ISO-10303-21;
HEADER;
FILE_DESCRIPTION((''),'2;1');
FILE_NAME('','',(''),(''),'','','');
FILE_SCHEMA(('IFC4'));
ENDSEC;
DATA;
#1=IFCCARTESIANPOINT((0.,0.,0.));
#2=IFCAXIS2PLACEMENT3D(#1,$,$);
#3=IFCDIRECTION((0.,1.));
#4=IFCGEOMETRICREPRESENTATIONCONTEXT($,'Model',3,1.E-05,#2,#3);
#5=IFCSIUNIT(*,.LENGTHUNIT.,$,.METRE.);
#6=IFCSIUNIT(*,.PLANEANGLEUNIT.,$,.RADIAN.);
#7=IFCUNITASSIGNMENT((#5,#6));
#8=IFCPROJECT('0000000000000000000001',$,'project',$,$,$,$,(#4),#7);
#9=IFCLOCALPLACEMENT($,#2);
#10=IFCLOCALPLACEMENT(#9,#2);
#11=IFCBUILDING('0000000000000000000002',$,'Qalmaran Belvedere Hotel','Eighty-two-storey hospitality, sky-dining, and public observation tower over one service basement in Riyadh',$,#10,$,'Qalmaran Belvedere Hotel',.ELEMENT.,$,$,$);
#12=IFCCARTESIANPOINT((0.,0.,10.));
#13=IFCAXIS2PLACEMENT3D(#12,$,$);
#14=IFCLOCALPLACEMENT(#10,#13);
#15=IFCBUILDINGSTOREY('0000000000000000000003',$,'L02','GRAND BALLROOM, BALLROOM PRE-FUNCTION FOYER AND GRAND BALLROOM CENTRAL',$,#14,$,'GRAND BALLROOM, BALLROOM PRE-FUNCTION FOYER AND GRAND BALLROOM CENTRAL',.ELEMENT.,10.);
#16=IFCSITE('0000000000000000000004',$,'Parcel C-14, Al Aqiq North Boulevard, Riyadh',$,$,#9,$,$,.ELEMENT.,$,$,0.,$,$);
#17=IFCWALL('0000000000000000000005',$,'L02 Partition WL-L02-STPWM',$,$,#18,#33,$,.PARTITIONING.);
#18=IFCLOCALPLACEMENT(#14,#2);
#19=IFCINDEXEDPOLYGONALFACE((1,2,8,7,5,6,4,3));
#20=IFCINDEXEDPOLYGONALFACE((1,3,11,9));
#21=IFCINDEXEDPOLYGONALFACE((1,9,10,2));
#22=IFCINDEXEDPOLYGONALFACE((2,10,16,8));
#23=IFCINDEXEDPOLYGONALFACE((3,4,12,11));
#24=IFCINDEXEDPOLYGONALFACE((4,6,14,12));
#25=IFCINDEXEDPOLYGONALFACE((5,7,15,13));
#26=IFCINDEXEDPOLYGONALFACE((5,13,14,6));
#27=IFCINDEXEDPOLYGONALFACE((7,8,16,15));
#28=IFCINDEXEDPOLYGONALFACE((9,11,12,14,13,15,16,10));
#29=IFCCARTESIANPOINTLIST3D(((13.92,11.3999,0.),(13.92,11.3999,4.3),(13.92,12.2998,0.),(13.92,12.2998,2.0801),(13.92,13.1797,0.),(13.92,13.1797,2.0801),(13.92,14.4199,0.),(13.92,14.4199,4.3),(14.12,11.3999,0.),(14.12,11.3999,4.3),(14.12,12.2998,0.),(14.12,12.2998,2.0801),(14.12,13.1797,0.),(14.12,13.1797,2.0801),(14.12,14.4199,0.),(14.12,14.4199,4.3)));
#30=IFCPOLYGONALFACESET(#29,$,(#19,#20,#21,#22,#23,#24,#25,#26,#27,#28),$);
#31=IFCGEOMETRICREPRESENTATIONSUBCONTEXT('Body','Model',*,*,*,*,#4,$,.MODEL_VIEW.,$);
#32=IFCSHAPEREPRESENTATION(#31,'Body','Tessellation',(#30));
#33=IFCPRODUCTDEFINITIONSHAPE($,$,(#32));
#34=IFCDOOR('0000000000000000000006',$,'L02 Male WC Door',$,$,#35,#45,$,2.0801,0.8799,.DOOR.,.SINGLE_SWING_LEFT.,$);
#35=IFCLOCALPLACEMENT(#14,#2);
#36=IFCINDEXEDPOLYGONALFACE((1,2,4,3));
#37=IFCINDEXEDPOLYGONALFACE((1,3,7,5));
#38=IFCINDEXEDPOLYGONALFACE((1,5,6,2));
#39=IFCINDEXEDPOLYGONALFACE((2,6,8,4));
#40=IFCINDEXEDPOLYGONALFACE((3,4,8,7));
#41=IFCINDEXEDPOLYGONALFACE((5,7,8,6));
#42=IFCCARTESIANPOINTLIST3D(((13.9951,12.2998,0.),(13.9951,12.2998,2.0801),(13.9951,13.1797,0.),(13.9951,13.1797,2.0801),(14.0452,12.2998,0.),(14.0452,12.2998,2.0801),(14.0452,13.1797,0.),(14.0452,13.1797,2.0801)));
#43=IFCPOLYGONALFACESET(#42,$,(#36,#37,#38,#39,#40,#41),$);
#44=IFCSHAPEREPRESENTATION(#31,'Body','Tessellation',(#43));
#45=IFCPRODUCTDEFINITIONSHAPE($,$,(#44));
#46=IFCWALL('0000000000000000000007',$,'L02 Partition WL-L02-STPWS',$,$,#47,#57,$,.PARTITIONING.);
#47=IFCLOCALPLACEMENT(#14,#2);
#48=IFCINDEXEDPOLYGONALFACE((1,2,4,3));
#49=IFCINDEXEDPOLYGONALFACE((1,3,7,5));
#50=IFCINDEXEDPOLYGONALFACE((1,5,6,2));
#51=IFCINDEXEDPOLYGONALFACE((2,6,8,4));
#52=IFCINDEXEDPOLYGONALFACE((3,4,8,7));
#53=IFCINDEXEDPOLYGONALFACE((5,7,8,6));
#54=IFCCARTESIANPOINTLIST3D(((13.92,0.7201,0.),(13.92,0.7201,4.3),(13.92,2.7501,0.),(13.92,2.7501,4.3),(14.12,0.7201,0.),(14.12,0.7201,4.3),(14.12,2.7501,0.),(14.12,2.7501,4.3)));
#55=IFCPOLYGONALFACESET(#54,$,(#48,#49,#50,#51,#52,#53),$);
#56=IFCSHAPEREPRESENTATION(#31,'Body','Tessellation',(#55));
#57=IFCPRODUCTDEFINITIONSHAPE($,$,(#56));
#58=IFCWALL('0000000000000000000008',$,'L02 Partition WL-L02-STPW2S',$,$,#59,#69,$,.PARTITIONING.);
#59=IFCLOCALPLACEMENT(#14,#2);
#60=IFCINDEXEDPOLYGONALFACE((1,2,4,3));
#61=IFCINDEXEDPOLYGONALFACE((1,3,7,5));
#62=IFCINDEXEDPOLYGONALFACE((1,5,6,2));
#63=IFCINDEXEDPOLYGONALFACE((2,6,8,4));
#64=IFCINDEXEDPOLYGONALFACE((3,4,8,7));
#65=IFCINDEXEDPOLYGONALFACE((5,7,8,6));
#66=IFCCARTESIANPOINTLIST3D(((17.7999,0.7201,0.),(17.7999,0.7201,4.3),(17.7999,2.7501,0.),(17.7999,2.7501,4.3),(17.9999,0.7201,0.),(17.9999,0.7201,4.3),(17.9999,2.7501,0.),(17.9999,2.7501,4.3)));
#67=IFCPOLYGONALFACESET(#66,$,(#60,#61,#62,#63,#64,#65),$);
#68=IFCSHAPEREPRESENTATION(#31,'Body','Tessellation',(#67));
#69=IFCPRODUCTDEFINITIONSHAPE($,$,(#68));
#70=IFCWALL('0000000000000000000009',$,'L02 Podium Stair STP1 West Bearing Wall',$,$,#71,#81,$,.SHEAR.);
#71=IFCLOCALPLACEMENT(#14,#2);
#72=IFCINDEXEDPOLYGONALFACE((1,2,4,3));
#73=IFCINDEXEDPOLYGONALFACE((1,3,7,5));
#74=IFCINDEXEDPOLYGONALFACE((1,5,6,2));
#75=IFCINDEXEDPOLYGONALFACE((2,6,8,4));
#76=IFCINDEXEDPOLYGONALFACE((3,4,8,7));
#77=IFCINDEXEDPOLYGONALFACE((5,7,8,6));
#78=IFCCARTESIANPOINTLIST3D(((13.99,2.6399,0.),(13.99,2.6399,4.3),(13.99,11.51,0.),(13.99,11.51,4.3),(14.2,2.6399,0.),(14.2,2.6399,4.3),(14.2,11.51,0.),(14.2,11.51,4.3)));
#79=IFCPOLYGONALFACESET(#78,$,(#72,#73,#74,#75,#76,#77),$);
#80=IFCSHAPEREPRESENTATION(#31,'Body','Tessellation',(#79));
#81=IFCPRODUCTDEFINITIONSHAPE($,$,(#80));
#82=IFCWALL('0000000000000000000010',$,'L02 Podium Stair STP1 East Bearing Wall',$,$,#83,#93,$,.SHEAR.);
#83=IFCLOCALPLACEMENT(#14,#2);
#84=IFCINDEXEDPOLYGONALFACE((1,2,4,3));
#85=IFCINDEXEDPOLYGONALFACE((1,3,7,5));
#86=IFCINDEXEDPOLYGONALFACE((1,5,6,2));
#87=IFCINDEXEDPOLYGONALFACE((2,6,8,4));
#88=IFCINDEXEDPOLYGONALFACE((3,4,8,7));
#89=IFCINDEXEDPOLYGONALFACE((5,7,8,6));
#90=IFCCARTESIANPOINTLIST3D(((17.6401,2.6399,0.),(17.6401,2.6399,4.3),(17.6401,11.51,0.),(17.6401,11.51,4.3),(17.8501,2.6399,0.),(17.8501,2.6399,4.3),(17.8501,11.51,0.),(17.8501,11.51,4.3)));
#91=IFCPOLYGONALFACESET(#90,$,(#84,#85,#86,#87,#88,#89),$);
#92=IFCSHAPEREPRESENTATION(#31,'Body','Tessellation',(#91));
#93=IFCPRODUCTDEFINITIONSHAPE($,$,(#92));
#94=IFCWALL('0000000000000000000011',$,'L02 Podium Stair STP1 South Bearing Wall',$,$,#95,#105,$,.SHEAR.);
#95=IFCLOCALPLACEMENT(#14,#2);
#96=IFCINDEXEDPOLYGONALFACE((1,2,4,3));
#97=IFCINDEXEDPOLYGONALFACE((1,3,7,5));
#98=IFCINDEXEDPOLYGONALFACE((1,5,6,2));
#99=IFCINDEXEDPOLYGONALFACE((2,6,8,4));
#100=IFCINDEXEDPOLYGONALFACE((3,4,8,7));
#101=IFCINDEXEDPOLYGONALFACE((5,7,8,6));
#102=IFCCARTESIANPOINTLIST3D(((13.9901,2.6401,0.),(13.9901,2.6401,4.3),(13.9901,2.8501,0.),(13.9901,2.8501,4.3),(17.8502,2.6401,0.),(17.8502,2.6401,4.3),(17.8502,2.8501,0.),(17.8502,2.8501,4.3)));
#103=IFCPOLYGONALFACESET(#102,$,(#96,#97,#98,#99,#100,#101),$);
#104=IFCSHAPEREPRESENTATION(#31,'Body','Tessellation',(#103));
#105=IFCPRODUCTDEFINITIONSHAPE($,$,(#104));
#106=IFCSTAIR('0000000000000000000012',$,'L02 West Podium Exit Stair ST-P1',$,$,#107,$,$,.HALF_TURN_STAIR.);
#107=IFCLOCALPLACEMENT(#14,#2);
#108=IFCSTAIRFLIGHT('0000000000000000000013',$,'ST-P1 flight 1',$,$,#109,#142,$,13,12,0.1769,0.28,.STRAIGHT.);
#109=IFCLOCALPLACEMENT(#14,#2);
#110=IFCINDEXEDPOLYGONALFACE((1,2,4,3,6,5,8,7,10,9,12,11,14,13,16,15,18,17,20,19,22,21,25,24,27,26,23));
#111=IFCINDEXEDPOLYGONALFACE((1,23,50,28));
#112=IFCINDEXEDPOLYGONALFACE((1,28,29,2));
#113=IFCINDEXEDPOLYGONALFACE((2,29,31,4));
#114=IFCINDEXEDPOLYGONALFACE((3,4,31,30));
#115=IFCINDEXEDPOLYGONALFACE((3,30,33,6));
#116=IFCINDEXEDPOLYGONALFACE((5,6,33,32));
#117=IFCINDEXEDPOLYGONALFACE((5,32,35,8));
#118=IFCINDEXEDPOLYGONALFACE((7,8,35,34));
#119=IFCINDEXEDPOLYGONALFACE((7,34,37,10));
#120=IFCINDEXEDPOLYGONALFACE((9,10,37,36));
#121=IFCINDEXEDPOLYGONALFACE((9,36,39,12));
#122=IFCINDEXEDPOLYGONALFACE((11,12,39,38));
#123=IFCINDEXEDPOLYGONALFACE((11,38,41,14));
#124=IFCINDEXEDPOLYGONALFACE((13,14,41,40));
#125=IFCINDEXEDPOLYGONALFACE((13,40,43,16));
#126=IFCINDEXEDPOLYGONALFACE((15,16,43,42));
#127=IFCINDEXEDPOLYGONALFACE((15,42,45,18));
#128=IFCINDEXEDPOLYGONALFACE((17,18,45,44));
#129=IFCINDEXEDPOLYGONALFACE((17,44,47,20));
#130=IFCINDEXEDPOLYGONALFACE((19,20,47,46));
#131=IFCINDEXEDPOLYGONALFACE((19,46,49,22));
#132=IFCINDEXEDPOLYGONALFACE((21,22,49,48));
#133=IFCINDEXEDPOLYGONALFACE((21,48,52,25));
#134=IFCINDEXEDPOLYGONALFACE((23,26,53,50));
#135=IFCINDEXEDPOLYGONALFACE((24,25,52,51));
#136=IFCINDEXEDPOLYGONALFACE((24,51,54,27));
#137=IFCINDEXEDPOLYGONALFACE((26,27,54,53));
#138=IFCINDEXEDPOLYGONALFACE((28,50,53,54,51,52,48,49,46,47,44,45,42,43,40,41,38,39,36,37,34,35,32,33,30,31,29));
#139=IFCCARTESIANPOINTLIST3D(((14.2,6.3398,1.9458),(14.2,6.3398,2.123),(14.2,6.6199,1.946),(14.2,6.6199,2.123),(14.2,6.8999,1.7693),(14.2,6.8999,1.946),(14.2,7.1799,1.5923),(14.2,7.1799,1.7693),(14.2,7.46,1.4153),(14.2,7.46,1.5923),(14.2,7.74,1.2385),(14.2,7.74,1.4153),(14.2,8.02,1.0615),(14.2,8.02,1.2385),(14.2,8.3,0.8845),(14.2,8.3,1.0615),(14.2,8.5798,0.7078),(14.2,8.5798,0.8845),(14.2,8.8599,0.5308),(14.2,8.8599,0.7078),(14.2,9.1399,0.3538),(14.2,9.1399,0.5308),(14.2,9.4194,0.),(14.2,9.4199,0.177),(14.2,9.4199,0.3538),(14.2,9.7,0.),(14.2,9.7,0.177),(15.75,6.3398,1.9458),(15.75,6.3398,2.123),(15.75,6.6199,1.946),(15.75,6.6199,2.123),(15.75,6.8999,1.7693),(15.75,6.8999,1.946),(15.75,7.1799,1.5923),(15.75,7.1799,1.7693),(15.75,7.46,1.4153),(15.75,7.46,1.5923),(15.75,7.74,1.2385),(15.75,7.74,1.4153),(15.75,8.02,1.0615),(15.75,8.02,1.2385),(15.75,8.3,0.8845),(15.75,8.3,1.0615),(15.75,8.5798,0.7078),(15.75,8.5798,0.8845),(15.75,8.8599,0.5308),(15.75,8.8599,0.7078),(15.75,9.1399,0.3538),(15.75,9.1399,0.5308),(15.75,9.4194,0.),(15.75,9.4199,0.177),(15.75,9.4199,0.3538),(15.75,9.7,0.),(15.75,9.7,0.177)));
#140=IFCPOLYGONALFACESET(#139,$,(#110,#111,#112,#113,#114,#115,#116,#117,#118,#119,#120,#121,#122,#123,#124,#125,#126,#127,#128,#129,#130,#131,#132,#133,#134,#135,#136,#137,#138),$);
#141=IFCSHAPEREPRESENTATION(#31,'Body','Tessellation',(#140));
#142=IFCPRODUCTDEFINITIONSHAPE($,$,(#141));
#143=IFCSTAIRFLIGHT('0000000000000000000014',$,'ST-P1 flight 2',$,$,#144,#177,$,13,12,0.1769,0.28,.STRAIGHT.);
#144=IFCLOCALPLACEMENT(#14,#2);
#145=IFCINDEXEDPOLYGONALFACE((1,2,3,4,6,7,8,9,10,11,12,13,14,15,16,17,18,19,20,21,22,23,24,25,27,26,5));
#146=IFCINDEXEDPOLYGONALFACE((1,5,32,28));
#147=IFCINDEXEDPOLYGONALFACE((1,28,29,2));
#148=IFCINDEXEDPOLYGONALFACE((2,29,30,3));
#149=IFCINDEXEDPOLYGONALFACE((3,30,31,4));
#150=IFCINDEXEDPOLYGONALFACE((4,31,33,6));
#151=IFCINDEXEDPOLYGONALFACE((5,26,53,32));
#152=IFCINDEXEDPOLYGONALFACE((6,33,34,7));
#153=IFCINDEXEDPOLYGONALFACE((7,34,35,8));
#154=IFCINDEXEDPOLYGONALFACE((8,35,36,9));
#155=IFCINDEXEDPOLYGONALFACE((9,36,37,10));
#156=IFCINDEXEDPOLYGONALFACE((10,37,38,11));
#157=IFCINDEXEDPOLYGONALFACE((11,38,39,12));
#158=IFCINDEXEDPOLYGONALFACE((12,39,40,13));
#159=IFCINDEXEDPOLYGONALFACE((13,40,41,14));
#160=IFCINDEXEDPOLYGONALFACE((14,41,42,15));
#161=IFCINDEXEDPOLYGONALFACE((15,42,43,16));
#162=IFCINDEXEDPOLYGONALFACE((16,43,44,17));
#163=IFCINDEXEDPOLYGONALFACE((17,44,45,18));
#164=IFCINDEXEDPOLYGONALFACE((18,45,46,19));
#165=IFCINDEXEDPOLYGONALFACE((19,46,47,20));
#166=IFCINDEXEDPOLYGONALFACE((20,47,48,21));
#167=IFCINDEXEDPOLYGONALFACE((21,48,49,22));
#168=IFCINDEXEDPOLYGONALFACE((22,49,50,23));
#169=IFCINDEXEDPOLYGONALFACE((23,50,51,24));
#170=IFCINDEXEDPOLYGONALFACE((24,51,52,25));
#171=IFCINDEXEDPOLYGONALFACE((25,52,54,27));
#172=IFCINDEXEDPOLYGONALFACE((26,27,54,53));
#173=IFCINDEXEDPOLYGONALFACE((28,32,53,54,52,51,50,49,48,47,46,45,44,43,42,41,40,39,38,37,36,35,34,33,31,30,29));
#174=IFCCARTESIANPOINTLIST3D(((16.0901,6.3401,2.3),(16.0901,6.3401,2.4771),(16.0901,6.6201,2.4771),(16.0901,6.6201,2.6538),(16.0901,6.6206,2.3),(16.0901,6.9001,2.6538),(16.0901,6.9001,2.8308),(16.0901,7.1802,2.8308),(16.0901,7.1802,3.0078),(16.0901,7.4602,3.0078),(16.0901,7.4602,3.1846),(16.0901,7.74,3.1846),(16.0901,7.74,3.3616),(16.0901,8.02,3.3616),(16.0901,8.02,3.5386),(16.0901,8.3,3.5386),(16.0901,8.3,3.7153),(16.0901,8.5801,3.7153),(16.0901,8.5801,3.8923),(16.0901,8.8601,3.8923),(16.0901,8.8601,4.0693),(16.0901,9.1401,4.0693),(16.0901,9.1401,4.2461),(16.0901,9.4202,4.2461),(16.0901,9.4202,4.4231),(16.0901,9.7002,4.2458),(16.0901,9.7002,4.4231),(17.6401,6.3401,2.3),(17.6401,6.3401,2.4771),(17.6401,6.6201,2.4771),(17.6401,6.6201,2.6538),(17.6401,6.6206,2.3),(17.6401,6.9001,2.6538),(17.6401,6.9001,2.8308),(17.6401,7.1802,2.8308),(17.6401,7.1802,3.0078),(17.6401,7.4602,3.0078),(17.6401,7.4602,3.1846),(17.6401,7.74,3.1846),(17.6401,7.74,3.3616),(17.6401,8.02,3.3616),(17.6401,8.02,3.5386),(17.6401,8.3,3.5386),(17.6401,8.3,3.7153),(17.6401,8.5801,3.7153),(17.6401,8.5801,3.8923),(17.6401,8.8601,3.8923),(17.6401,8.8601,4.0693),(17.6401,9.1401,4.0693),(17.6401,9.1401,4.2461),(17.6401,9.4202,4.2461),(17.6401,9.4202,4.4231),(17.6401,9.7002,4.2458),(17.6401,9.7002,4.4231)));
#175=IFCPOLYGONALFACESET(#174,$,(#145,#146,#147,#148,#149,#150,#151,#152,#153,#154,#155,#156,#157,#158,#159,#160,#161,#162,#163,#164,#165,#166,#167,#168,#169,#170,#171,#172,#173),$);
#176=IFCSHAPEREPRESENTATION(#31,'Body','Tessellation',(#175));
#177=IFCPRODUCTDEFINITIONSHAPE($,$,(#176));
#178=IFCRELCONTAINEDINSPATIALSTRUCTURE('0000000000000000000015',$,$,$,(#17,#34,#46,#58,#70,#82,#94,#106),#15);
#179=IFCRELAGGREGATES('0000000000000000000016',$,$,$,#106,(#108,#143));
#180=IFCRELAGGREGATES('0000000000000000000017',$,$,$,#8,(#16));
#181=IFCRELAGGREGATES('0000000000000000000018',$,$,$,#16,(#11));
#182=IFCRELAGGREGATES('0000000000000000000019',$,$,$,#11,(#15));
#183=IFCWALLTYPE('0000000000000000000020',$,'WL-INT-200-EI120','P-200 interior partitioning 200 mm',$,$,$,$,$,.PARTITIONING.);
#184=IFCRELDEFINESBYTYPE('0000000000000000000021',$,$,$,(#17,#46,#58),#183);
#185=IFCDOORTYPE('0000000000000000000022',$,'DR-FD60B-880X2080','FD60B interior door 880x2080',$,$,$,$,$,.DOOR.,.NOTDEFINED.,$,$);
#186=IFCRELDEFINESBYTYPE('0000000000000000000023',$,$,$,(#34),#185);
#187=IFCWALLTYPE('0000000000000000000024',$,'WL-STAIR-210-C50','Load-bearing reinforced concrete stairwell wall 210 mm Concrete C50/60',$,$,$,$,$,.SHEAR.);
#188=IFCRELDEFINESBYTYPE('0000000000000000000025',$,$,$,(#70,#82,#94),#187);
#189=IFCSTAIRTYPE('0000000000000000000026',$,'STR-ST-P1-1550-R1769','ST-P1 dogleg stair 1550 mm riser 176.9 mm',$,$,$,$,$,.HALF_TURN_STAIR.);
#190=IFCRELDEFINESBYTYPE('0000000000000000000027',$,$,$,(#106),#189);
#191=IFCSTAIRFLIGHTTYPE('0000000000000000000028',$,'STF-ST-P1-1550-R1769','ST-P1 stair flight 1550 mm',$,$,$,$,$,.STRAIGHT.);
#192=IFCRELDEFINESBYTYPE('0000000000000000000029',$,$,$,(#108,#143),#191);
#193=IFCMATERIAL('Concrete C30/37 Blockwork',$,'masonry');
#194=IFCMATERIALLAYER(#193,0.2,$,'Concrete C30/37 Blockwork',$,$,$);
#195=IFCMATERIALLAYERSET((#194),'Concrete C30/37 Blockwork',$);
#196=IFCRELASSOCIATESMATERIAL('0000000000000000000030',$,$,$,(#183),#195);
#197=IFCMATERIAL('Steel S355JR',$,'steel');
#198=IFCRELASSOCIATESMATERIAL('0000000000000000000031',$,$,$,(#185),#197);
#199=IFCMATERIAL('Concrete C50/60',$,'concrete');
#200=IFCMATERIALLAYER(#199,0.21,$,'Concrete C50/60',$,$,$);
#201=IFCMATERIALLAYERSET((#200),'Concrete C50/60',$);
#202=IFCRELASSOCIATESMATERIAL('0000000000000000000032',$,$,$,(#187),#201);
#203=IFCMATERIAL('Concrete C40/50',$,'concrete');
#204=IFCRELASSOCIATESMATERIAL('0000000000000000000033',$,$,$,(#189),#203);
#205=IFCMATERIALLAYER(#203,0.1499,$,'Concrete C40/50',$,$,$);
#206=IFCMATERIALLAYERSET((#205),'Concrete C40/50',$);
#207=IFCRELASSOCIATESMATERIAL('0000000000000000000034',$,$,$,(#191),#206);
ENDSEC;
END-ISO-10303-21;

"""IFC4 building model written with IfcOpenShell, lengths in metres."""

from ifc_helpers import new_model, si_unit, direction, frame, frame_2d, origin, place, context, subcontext, project, spatial, polyline, rectangle, outline, extrude, material, layer, layer_set, type_object, element, fill, aggregate, save


model = new_model("IFC4")

# Units and contexts
model_context = context("Model", 3, precision=1e-05, world=origin(), true_north=direction((0.0, 1.0)))
body_context = subcontext(model_context, "Body", "Model", "MODEL_VIEW")
ifc_project = project(units=[si_unit("LENGTHUNIT", "METRE"), si_unit("PLANEANGLEUNIT", "RADIAN")], contexts=[model_context])

# Site, building, storey
site_placement = place(None, origin())
site = spatial("IfcSite", under=ifc_project, at=site_placement, Name="Parcel C-14, Al Aqiq North Boulevard, Riyadh", CompositionType="ELEMENT", RefElevation=0.0)
building_placement = place(site_placement, origin())
building = spatial("IfcBuilding", under=site, at=building_placement, Name="Qalmaran Belvedere Hotel", Description="Eighty-two-storey hospitality, sky-dining, and public observation tower over one service basement in Riyadh", LongName="Qalmaran Belvedere Hotel", CompositionType="ELEMENT")
storey_placement = place(building_placement, frame((0.0, 0.0, 10.0)))
storey = spatial("IfcBuildingStorey", under=building, at=storey_placement, Name="L02", Description="GRAND BALLROOM, BALLROOM PRE-FUNCTION FOYER AND GRAND BALLROOM CENTRAL", LongName="GRAND BALLROOM, BALLROOM PRE-FUNCTION FOYER AND GRAND BALLROOM CENTRAL", CompositionType="ELEMENT", Elevation=10.0)

# Shared definitions
ifc_material_1 = material(Name="Steel S355JR", Category="steel")

# Wall, opening, door
ifc_material_2 = material(Name="Concrete C30/37 Blockwork", Category="masonry")
ifc_layer_1 = layer(ifc_material_2, 0.2, Name="Concrete C30/37 Blockwork")
ifc_layer_set_1 = layer_set([ifc_layer_1], Name="Concrete C30/37 Blockwork")
wall_type_1 = type_object("IfcWallType", Name="WL-INT-200-EI120", Description="P-200 interior partitioning 200 mm", PredefinedType="PARTITIONING", material=ifc_layer_set_1)
wall_1_placement = place(storey_placement, frame((14.02, 11.3999, 0.0), z_axis=(0.0, 0.0, 1.0), x_axis=(0.0, 1.0, 0.0)))
wall_1 = element("IfcWall", 1, at=wall_1_placement, inside=storey, type_object=wall_type_1, Name="L02 Partition WL-L02-STPWM", PredefinedType="PARTITIONING", context=body_context, shape_type="SweptSolid", body=[
    extrude(rectangle(XDim=3.02, YDim=0.2, at=frame_2d((1.51, 0.0))), origin(), (0.0, 0.0, 1.0), 4.3),
])
opening_placement = place(wall_1_placement, frame((0.8999, 0.0, 0.0)))
opening = element("IfcOpeningElement", 2, at=opening_placement, cuts=wall_1, PredefinedType="OPENING", context=body_context, shape_type="SweptSolid", body=[
    extrude(rectangle(XDim=0.8799, YDim=2.0801, at=frame_2d((0.4399, 1.04))), frame((0.0, 0.1099, 0.0), z_axis=(0.0, -1.0, 0.0), x_axis=(1.0, 0.0, 0.0)), (0.0, 0.0, 1.0), 0.22),
])
door_type = type_object("IfcDoorType", Name="DR-FD60B-880X2080", Description="FD60B interior door 880x2080", OperationType="NOTDEFINED", PredefinedType="DOOR", material=ifc_material_1)
door_placement = place(opening_placement, origin())
door = element("IfcDoor", 3, at=door_placement, inside=storey, type_object=door_type, Name="L02 Male WC Door", OperationType="SINGLE_SWING_LEFT", OverallHeight=2.0801, OverallWidth=0.8799, PredefinedType="DOOR", context=body_context, shape_type="SweptSolid", body=[
    extrude(rectangle(XDim=0.8799, YDim=2.0801, at=frame_2d((0.4399, 1.04))), frame((0.0, 0.0249, 0.0), z_axis=(0.0, -1.0, 0.0), x_axis=(1.0, 0.0, 0.0)), (0.0, 0.0, 1.0), 0.05),
])
fill(opening, door)

# Walls
for number, where, z_axis, x_axis, name in (
    (4, (14.02, 0.72, 0.0), (0.0, 0.0, 1.0), (0.0, 1.0, 0.0), "L02 Partition WL-L02-STPWS"),
    (5, (17.8999, 0.72, 0.0), (0.0, 0.0, 1.0), (0.0, 1.0, 0.0), "L02 Partition WL-L02-STPW2S"),
):
    element("IfcWall", number, at=place(storey_placement, frame(where, z_axis=z_axis, x_axis=x_axis)), inside=storey, type_object=wall_type_1, Name=name, PredefinedType="PARTITIONING", context=body_context, shape_type="SweptSolid", body=[
        extrude(rectangle(XDim=2.03, YDim=0.2, at=frame_2d((1.0151, 0.0))), origin(), (0.0, 0.0, 1.0), 4.3),
    ])
ifc_material_3 = material(Name="Concrete C50/60", Category="concrete")
ifc_layer_2 = layer(ifc_material_3, 0.21, Name="Concrete C50/60")
ifc_layer_set_2 = layer_set([ifc_layer_2], Name="Concrete C50/60")
wall_type_2 = type_object("IfcWallType", Name="WL-STAIR-210-C50", Description="Load-bearing reinforced concrete stairwell wall 210 mm Concrete C50/60", PredefinedType="SHEAR", material=ifc_layer_set_2)
for number, where, z_axis, x_axis, name in (
    (6, (14.095, 2.6399, 0.0), (0.0, 0.0, 1.0), (0.0, 1.0, 0.0), "L02 Podium Stair STP1 West Bearing Wall"),
    (7, (17.7451, 2.6399, 0.0), (0.0, 0.0, 1.0), (0.0, 1.0, 0.0), "L02 Podium Stair STP1 East Bearing Wall"),
):
    element("IfcWall", number, at=place(storey_placement, frame(where, z_axis=z_axis, x_axis=x_axis)), inside=storey, type_object=wall_type_2, Name=name, PredefinedType="SHEAR", context=body_context, shape_type="SweptSolid", body=[
        extrude(rectangle(XDim=8.8701, YDim=0.21, at=frame_2d((4.4351, 0.0))), origin(), (0.0, 0.0, 1.0), 4.3),
    ])
wall_2_placement = place(storey_placement, frame((13.99, 2.7451, 0.0), z_axis=(0.0, 0.0, 1.0), x_axis=(1.0, 0.0, 0.0)))
element("IfcWall", 8, at=wall_2_placement, inside=storey, type_object=wall_type_2, Name="L02 Podium Stair STP1 South Bearing Wall", PredefinedType="SHEAR", context=body_context, shape_type="SweptSolid", body=[
    extrude(rectangle(XDim=3.8601, YDim=0.21, at=frame_2d((1.9302, 0.0))), origin(), (0.0, 0.0, 1.0), 4.3),
])

# Stair, stair flights
ifc_material_4 = material(Name="Concrete C40/50", Category="concrete")
stair_type = type_object("IfcStairType", Name="STR-ST-P1-1550-R1769", Description="ST-P1 dogleg stair 1550 mm riser 176.9 mm", PredefinedType="HALF_TURN_STAIR", material=ifc_material_4)
stair_placement = place(storey_placement, origin())
stair = element("IfcStair", 9, at=stair_placement, inside=storey, type_object=stair_type, Name="L02 West Podium Exit Stair ST-P1", PredefinedType="HALF_TURN_STAIR")
ifc_layer_3 = layer(ifc_material_4, 0.1499, Name="Concrete C40/50")
ifc_layer_set_3 = layer_set([ifc_layer_3], Name="Concrete C40/50")
stair_flight_type = type_object("IfcStairFlightType", Name="STF-ST-P1-1550-R1769", Description="ST-P1 stair flight 1550 mm", PredefinedType="STRAIGHT", material=ifc_layer_set_3)
stair_flight_1_placement = place(storey_placement, frame((14.9751, 9.7, 0.0), z_axis=(0.0, 0.0, 1.0), x_axis=(0.0, -1.0, 0.0)))
stair_flight_1 = element("IfcStairFlight", 10, at=stair_flight_1_placement, type_object=stair_flight_type, Name="ST-P1 flight 1", NumberOfRisers=13, NumberOfTreads=12, PredefinedType="STRAIGHT", RiserHeight=0.1769, TreadLength=0.28, context=body_context, shape_type="SweptSolid", body=[
    extrude(outline(polyline([(0.0, 0.0), (0.0, 0.177), (0.28, 0.177), (0.28, 0.3538), (0.5601, 0.3538), (0.5601, 0.5308), (0.8401, 0.5308), (0.8401, 0.7078), (1.1201, 0.7078), (1.1201, 0.8845), (1.3999, 0.8845), (1.3999, 1.0615), (1.6799, 1.0615), (1.6799, 1.2385), (1.96, 1.2385), (1.96, 1.4153), (2.24, 1.4153), (2.24, 1.5923), (2.52, 1.5923), (2.52, 1.7693), (2.8, 1.7693), (2.8, 1.946), (3.0801, 1.946), (3.0801, 2.123), (3.3601, 2.123), (3.3601, 2.3), (3.3601, 1.9458), (0.2805, 0.0), (0.0, 0.0)])), frame((0.0, 0.7749, 0.0), z_axis=(0.0, -1.0, 0.0), x_axis=(1.0, 0.0, 0.0)), (0.0, 0.0, 1.0), 1.55),
])
stair_flight_2_placement = place(storey_placement, frame((16.865, 6.3401, 2.3), z_axis=(0.0, 0.0, 1.0), x_axis=(0.0, 1.0, 0.0)))
stair_flight_2 = element("IfcStairFlight", 11, at=stair_flight_2_placement, type_object=stair_flight_type, Name="ST-P1 flight 2", NumberOfRisers=13, NumberOfTreads=12, PredefinedType="STRAIGHT", RiserHeight=0.1769, TreadLength=0.28, context=body_context, shape_type="SweptSolid", body=[
    extrude(outline(polyline([(0.0, 0.0), (0.0, 0.177), (0.28, 0.177), (0.28, 0.3538), (0.5601, 0.3538), (0.5601, 0.5308), (0.8401, 0.5308), (0.8401, 0.7078), (1.1201, 0.7078), (1.1201, 0.8845), (1.3999, 0.8845), (1.3999, 1.0615), (1.6799, 1.0615), (1.6799, 1.2385), (1.96, 1.2385), (1.96, 1.4153), (2.24, 1.4153), (2.24, 1.5923), (2.52, 1.5923), (2.52, 1.7693), (2.8, 1.7693), (2.8, 1.946), (3.0801, 1.946), (3.0801, 2.123), (3.3601, 2.123), (3.3601, 2.3), (3.3601, 1.9458), (0.2805, 0.0), (0.0, 0.0)])), frame((0.0, 0.7749, 0.0), z_axis=(0.0, -1.0, 0.0), x_axis=(1.0, 0.0, 0.0)), (0.0, 0.0, 1.0), 1.55),
])
aggregate(stair, [stair_flight_1, stair_flight_2])

save(model, "model.ifc")
